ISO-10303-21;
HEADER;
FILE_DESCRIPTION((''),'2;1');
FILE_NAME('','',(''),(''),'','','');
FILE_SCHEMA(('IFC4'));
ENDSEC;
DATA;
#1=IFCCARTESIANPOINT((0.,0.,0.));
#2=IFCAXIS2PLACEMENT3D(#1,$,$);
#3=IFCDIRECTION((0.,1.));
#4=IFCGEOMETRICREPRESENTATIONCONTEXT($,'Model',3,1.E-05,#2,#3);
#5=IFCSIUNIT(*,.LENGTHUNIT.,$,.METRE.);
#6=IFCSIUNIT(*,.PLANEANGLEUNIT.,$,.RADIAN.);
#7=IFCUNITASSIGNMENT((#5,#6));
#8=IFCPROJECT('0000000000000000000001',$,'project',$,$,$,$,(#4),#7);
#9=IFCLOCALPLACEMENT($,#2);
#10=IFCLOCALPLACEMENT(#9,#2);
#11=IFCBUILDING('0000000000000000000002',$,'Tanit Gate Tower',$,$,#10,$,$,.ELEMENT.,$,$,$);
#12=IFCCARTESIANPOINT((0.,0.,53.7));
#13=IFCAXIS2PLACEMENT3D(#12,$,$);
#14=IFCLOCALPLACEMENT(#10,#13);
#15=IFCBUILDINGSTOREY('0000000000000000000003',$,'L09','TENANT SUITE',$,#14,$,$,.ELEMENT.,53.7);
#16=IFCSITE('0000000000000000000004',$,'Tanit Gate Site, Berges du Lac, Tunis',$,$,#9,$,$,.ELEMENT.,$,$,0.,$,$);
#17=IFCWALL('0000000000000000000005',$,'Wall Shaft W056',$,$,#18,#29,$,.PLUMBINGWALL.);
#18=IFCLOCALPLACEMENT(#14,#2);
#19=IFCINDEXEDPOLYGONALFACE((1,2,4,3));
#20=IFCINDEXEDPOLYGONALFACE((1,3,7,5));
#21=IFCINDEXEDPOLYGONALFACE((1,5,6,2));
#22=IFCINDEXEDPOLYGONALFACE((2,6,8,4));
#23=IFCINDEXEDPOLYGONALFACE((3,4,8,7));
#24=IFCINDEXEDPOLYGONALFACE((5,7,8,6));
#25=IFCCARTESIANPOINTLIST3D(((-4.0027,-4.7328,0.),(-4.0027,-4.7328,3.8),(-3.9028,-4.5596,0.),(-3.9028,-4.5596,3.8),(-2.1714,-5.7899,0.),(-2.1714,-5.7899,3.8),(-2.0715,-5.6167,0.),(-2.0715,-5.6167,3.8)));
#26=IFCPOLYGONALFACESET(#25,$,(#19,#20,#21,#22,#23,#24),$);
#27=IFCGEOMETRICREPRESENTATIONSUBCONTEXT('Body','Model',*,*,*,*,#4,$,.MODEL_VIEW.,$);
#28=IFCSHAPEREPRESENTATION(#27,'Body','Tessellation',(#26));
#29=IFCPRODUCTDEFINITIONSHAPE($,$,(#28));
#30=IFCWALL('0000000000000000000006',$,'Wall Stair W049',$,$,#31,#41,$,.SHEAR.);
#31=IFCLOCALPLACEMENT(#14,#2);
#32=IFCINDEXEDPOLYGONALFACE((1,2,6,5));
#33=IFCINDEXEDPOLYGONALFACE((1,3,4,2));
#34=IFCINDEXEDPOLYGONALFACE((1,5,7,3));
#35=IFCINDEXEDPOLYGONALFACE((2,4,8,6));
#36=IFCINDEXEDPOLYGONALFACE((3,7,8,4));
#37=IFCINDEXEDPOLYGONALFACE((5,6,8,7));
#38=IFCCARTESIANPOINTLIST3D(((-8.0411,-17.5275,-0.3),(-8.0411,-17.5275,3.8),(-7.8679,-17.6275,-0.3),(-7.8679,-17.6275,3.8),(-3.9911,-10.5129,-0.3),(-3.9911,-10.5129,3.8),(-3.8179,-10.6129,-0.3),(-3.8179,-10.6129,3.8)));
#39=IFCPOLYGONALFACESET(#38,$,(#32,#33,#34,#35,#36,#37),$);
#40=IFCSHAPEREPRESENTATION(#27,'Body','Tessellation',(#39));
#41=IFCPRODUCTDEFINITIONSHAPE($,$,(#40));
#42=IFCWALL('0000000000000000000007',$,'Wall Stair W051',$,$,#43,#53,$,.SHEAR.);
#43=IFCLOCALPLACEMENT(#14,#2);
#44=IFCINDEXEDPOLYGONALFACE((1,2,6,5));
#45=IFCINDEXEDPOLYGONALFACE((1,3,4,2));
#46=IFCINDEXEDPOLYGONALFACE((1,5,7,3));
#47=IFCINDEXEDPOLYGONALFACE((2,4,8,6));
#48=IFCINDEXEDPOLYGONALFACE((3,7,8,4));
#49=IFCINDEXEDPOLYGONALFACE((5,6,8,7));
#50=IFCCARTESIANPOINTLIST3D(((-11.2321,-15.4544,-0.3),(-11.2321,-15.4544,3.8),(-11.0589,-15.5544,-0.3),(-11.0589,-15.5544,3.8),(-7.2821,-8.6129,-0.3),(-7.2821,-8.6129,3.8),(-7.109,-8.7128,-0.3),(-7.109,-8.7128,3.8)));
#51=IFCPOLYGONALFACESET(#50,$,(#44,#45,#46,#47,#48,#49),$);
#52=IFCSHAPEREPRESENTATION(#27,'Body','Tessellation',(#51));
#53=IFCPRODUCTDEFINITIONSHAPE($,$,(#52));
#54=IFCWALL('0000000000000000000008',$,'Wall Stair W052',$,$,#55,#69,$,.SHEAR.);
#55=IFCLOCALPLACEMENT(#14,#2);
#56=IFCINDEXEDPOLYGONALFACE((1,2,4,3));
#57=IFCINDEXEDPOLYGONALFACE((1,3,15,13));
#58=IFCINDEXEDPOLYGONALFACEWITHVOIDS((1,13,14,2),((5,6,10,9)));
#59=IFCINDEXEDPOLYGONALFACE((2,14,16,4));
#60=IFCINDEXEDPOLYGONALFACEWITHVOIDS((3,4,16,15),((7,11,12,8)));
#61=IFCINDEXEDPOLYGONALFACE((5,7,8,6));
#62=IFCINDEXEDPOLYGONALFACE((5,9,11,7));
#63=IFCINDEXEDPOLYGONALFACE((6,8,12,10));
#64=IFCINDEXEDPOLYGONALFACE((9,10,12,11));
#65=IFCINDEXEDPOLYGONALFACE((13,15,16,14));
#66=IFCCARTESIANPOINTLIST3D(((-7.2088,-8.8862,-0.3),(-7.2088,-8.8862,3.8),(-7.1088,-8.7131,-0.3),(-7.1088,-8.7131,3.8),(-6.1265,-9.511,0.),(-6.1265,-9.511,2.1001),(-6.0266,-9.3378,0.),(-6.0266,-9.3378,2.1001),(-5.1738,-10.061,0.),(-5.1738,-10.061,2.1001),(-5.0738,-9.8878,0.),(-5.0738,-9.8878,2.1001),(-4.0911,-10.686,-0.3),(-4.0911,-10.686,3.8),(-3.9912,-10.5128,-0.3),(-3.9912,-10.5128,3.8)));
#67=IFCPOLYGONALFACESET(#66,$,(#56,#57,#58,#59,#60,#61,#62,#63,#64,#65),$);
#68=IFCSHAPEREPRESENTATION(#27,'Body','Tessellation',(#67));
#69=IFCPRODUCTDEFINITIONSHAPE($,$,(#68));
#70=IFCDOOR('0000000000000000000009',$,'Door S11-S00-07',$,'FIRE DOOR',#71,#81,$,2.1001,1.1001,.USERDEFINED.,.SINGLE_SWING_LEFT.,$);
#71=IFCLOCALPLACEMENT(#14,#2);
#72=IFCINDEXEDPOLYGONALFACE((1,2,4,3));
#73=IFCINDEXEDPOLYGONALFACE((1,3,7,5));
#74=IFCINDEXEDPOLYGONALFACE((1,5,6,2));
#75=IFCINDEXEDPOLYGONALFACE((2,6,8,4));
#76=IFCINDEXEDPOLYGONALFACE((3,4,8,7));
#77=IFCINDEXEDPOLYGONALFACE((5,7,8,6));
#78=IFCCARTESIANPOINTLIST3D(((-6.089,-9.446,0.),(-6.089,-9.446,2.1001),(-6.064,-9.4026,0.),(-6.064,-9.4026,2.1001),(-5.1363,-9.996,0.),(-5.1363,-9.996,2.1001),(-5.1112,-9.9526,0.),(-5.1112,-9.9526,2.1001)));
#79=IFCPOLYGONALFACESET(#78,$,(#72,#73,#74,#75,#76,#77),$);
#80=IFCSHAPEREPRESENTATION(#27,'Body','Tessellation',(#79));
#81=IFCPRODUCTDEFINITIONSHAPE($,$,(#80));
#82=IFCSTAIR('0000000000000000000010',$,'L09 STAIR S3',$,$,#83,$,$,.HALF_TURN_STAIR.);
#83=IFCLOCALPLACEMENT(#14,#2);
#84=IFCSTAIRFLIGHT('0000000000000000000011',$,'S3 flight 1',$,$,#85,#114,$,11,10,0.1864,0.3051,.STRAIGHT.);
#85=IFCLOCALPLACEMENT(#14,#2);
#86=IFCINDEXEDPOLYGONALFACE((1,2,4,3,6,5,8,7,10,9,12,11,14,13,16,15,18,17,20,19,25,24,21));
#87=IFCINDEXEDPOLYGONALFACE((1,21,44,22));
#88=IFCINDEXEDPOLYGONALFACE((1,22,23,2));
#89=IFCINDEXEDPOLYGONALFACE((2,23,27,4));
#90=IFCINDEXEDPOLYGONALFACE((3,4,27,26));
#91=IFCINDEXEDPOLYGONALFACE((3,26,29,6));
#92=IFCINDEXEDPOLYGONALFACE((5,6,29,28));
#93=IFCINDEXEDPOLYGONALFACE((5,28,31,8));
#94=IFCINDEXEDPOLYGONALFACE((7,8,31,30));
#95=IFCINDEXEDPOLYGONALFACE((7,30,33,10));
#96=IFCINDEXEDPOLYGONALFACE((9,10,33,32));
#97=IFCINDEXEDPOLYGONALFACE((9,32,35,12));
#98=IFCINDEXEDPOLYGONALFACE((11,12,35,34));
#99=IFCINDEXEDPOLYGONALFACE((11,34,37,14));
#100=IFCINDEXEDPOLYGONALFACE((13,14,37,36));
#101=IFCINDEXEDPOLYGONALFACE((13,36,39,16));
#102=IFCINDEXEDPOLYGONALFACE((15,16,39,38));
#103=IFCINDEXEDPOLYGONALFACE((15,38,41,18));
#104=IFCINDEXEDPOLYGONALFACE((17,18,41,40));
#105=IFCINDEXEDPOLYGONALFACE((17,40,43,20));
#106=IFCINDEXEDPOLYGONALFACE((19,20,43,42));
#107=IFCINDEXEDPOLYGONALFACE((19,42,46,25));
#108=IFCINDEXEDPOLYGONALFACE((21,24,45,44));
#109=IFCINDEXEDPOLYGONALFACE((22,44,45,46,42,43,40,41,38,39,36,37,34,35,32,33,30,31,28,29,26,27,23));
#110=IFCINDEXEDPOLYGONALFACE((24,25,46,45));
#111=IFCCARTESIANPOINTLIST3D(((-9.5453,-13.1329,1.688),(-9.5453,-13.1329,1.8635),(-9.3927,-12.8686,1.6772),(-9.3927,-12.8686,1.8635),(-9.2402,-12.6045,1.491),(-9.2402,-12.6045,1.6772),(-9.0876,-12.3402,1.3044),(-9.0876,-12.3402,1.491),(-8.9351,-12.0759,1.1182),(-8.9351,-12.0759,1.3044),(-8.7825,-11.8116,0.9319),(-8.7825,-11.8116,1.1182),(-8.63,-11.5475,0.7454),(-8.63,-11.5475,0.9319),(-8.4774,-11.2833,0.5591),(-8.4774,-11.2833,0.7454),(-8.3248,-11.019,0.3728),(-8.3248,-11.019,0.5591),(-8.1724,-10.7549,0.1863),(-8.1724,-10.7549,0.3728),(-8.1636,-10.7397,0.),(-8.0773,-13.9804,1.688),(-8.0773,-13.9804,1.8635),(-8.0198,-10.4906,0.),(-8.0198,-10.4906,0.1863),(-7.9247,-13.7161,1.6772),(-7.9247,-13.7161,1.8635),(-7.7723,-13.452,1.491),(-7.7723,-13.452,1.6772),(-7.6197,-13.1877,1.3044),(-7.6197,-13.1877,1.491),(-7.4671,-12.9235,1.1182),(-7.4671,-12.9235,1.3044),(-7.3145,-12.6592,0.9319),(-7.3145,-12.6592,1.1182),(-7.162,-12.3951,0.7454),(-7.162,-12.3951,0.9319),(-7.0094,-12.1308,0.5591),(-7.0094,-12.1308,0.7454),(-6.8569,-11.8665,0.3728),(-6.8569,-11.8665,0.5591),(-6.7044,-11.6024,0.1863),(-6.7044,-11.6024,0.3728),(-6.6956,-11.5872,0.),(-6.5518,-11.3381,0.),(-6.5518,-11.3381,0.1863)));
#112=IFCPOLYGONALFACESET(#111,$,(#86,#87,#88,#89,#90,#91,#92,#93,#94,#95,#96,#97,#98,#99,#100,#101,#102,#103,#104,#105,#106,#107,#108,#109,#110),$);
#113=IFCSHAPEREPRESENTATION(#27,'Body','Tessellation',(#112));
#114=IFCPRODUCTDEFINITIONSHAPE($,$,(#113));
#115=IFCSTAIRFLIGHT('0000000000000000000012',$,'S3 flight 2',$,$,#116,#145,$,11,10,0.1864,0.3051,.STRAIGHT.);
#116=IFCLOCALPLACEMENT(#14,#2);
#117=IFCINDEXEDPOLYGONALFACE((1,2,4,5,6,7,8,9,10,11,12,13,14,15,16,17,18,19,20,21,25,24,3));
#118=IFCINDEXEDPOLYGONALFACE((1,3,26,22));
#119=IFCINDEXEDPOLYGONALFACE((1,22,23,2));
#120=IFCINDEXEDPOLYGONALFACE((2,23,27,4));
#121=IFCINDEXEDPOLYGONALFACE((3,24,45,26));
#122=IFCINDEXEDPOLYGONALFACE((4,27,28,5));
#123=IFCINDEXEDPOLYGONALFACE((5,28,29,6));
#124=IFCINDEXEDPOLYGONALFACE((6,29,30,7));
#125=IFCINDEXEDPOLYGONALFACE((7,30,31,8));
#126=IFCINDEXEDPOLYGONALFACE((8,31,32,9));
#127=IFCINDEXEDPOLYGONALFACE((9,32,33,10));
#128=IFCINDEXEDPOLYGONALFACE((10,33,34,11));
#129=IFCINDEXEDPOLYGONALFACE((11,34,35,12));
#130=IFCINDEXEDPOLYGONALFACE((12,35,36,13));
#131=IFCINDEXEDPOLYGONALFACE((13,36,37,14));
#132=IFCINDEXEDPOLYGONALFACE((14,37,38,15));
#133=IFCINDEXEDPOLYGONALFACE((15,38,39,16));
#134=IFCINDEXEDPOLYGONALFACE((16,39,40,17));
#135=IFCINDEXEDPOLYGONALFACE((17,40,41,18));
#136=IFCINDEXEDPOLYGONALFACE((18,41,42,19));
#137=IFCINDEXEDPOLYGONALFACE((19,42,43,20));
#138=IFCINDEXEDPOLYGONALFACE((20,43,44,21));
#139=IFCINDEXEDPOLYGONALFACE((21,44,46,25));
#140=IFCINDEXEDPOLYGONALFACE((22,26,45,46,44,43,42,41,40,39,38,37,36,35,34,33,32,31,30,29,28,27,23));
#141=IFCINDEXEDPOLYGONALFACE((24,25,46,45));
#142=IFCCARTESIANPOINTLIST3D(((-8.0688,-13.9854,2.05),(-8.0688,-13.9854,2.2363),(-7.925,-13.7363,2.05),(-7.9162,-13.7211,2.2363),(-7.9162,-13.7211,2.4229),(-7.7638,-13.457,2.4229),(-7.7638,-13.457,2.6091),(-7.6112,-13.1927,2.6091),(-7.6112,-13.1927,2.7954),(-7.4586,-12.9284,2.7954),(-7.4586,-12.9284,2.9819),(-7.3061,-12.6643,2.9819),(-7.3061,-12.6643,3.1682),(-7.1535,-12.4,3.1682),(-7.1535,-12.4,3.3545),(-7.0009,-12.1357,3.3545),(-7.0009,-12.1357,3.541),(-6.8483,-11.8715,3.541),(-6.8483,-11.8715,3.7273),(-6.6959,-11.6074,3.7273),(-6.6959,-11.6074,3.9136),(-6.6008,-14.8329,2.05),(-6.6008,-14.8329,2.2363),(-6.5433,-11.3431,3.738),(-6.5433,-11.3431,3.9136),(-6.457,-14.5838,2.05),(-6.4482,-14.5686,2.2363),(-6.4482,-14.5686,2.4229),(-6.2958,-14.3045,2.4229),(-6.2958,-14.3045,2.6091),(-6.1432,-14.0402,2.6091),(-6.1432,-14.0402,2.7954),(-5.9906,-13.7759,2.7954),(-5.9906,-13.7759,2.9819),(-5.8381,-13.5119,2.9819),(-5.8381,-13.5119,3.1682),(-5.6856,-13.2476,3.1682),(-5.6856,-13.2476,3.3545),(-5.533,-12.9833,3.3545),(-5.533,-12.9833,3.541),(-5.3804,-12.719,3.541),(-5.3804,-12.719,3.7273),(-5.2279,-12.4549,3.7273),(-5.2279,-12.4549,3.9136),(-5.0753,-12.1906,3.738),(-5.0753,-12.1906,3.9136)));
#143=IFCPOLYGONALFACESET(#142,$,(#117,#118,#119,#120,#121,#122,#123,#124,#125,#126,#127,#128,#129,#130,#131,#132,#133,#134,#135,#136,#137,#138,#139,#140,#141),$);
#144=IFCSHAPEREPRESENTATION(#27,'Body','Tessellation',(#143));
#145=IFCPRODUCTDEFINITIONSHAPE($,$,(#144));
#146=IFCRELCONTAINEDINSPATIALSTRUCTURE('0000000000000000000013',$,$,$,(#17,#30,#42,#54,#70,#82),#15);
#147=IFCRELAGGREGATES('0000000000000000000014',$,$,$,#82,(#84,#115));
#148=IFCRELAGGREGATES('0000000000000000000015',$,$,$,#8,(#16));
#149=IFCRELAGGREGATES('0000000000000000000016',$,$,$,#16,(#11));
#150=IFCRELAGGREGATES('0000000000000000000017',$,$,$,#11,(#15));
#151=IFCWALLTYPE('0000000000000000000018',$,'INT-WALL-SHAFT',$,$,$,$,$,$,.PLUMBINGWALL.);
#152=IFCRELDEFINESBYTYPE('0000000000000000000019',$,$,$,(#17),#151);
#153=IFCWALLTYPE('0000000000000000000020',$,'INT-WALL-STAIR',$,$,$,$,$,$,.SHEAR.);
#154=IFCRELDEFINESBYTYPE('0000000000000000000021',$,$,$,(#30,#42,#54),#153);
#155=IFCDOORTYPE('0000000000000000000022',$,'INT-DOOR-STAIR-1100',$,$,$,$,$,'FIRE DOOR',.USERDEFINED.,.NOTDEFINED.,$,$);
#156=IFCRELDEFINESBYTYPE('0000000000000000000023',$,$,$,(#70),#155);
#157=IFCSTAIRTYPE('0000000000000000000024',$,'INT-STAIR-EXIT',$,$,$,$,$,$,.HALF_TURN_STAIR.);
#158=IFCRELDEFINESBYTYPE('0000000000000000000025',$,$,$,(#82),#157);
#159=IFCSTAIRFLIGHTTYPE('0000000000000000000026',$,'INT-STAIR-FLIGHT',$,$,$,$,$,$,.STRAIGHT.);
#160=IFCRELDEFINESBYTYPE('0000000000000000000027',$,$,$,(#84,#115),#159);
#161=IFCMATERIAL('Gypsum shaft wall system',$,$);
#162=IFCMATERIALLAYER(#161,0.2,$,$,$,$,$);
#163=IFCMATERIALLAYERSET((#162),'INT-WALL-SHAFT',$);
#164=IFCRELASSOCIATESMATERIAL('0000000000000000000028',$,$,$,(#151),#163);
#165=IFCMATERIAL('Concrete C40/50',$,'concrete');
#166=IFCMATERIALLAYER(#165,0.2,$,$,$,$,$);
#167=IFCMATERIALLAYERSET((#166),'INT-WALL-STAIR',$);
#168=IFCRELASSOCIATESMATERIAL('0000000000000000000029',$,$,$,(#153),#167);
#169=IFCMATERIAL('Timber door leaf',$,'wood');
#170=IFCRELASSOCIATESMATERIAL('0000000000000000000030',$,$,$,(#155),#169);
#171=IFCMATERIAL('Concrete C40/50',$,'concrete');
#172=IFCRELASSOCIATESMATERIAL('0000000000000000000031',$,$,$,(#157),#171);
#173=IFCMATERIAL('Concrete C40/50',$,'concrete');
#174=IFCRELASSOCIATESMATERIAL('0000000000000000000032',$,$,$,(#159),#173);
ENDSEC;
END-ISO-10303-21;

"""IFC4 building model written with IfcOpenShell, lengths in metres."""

from ifc_helpers import new_model, si_unit, direction, frame, frame_2d, origin, place, context, subcontext, project, spatial, polyline, rectangle, outline, extrude, material, layer, layer_set, type_object, element, fill, aggregate, save


model = new_model("IFC4")

# Units and contexts
model_context = context("Model", 3, precision=1e-05, world=origin(), true_north=direction((0.0, 1.0)))
body_context = subcontext(model_context, "Body", "Model", "MODEL_VIEW")
ifc_project = project(units=[si_unit("LENGTHUNIT", "METRE"), si_unit("PLANEANGLEUNIT", "RADIAN")], contexts=[model_context])

# Site, building, storey
site_placement = place(None, origin())
site = spatial("IfcSite", under=ifc_project, at=site_placement, Name="Tanit Gate Site, Berges du Lac, Tunis", CompositionType="ELEMENT", RefElevation=0.0)
building_placement = place(site_placement, origin())
building = spatial("IfcBuilding", under=site, at=building_placement, Name="Tanit Gate Tower", CompositionType="ELEMENT")
storey_placement = place(building_placement, frame((0.0, 0.0, 53.7)))
storey = spatial("IfcBuildingStorey", under=building, at=storey_placement, Name="L09", Description="TENANT SUITE", CompositionType="ELEMENT", Elevation=53.7)

# Shared definitions
ifc_material_1 = material(Name="Gypsum shaft wall system")
ifc_layer_1 = layer(ifc_material_1, 0.2)
ifc_layer_set_1 = layer_set([ifc_layer_1], Name="INT-WALL-SHAFT")
wall_type_1 = type_object("IfcWallType", Name="INT-WALL-SHAFT", PredefinedType="PLUMBINGWALL", material=ifc_layer_set_1)

# Walls
wall_1_placement = place(storey_placement, frame((-3.9526, -4.6462, 0.0), z_axis=(0.0, 0.0, 1.0), x_axis=(0.866061, -0.499939, 0.0)))
element("IfcWall", 1, at=wall_1_placement, inside=storey, type_object=wall_type_1, Name="Wall Shaft W056", PredefinedType="PLUMBINGWALL", context=body_context, shape_type="SweptSolid", body=[
    extrude(rectangle(XDim=2.1145, YDim=0.2, at=frame_2d((1.0571, 0.0))), origin(), (0.0, 0.0, 1.0), 3.8),
])
ifc_material_2 = material(Name="Concrete C40/50", Category="concrete")
ifc_layer_2 = layer(ifc_material_2, 0.2)
ifc_layer_set_2 = layer_set([ifc_layer_2], Name="INT-WALL-STAIR")
wall_type_2 = type_object("IfcWallType", Name="INT-WALL-STAIR", PredefinedType="SHEAR", material=ifc_layer_set_2)
wall_2_placement = place(storey_placement, frame((-3.9045, -10.563, -0.3), z_axis=(0.0, 0.0, 1.0), x_axis=(-0.500013, -0.866018, 0.0)))
element("IfcWall", 2, at=wall_2_placement, inside=storey, type_object=wall_type_2, Name="Wall Stair W049", PredefinedType="SHEAR", context=body_context, shape_type="SweptSolid", body=[
    extrude(rectangle(XDim=8.0999, YDim=0.2, at=frame_2d((4.0498, 0.0))), origin(), (0.0, 0.0, 1.0), 4.1001),
])
wall_3_placement = place(storey_placement, frame((-7.1956, -8.6628, -0.3), z_axis=(0.0, 0.0, 1.0), x_axis=(-0.499998, -0.866027, 0.0)))
element("IfcWall", 3, at=wall_3_placement, inside=storey, type_object=wall_type_2, Name="Wall Stair W051", PredefinedType="SHEAR", context=body_context, shape_type="SweptSolid", body=[
    extrude(rectangle(XDim=7.8999, YDim=0.2, at=frame_2d((3.95, 0.0))), origin(), (0.0, 0.0, 1.0), 4.1001),
])

# Wall, opening, door
wall_4_placement = place(storey_placement, frame((-4.0413, -10.5994, -0.3), z_axis=(0.0, 0.0, 1.0), x_axis=(-0.866048, 0.499961, 0.0)))
wall_4 = element("IfcWall", 4, at=wall_4_placement, inside=storey, type_object=wall_type_2, Name="Wall Stair W052", PredefinedType="SHEAR", context=body_context, shape_type="SweptSolid", body=[
    extrude(rectangle(XDim=3.5999, YDim=0.2, at=frame_2d((1.7998, 0.0))), origin(), (0.0, 0.0, 1.0), 4.1001),
])
opening_1_placement = place(wall_4_placement, frame((1.25, 0.0, 0.3)))
opening_1 = element("IfcOpeningElement", 5, at=opening_1_placement, cuts=wall_4, PredefinedType="OPENING", context=body_context, shape_type="SweptSolid", body=[
    extrude(rectangle(XDim=1.1001, YDim=2.1001, at=frame_2d((0.55, 1.05))), frame((0.0, 0.1099, 0.0), z_axis=(0.0, -1.0, 0.0), x_axis=(1.0, 0.0, 0.0)), (0.0, 0.0, 1.0), 0.22),
])
ifc_material_3 = material(Name="Timber door leaf", Category="wood")
door_type_1 = type_object("IfcDoorType", Name="INT-DOOR-STAIR-1100", ElementType="FIRE DOOR", OperationType="NOTDEFINED", PredefinedType="USERDEFINED", material=ifc_material_3)
door_1_placement = place(opening_1_placement, origin())
door_1 = element("IfcDoor", 6, at=door_1_placement, inside=storey, type_object=door_type_1, Name="Door S11-S00-07", ObjectType="FIRE DOOR", OperationType="SINGLE_SWING_LEFT", OverallHeight=2.1001, OverallWidth=1.1001, PredefinedType="USERDEFINED", context=body_context, shape_type="SweptSolid", body=[
    extrude(rectangle(XDim=1.1001, YDim=2.1001, at=frame_2d((0.55, 1.05))), frame((0.0, 0.0249, 0.0), z_axis=(0.0, -1.0, 0.0), x_axis=(1.0, 0.0, 0.0)), (0.0, 0.0, 1.0), 0.05),
])
fill(opening_1, door_1)

# Stair, stair flights
ifc_material_4 = material(Name="Concrete C40/50", Category="concrete")
stair_type = type_object("IfcStairType", Name="INT-STAIR-EXIT", PredefinedType="HALF_TURN_STAIR", material=ifc_material_4)
stair_placement = place(storey_placement, origin())
stair = element("IfcStair", 7, at=stair_placement, inside=storey, type_object=stair_type, Name="L09 STAIR S3", PredefinedType="HALF_TURN_STAIR")
ifc_material_5 = material(Name="Concrete C40/50", Category="concrete")
stair_flight_type = type_object("IfcStairFlightType", Name="INT-STAIR-FLIGHT", PredefinedType="STRAIGHT", material=ifc_material_5)
stair_flight_1_placement = place(storey_placement, frame((-7.2859, -10.9143, 0.0), z_axis=(0.0, 0.0, 1.0), x_axis=(-0.5, -0.866025, 0.0)))
stair_flight_1 = element("IfcStairFlight", 8, at=stair_flight_1_placement, type_object=stair_flight_type, Name="S3 flight 1", NumberOfRisers=11, NumberOfTreads=10, PredefinedType="STRAIGHT", RiserHeight=0.1864, TreadLength=0.3051, context=body_context, shape_type="SweptSolid", body=[
    extrude(outline(polyline([(0.0, 0.0), (0.0, 0.1863), (0.3052, 0.1863), (0.3052, 0.3728), (0.6101, 0.3728), (0.6101, 0.5591), (0.9153, 0.5591), (0.9153, 0.7454), (1.2205, 0.7454), (1.2205, 0.9319), (1.5254, 0.9319), (1.5254, 1.1182), (1.8306, 1.1182), (1.8306, 1.3044), (2.1357, 1.3044), (2.1357, 1.491), (2.4409, 1.491), (2.4409, 1.6772), (2.7458, 1.6772), (2.7458, 1.8635), (3.051, 1.8635), (3.051, 2.05), (3.051, 1.688), (0.2876, 0.0), (0.0, 0.0)])), frame((0.0, 0.8477, 0.0), z_axis=(0.0, -1.0, 0.0), x_axis=(1.0, 0.0, 0.0)), (0.0, 0.0, 1.0), 1.6951),
])
stair_flight_2_placement = place(storey_placement, frame((-7.3347, -14.4092, 2.05), z_axis=(0.0, 0.0, 1.0), x_axis=(0.5, 0.866025, 0.0)))
stair_flight_2 = element("IfcStairFlight", 9, at=stair_flight_2_placement, type_object=stair_flight_type, Name="S3 flight 2", NumberOfRisers=11, NumberOfTreads=10, PredefinedType="STRAIGHT", RiserHeight=0.1864, TreadLength=0.3051, context=body_context, shape_type="SweptSolid", body=[
    extrude(outline(polyline([(0.0, 0.0), (0.0, 0.1863), (0.3052, 0.1863), (0.3052, 0.3728), (0.6101, 0.3728), (0.6101, 0.5591), (0.9153, 0.5591), (0.9153, 0.7454), (1.2205, 0.7454), (1.2205, 0.9319), (1.5254, 0.9319), (1.5254, 1.1182), (1.8306, 1.1182), (1.8306, 1.3044), (2.1357, 1.3044), (2.1357, 1.491), (2.4409, 1.491), (2.4409, 1.6772), (2.7458, 1.6772), (2.7458, 1.8635), (3.051, 1.8635), (3.051, 2.05), (3.051, 1.688), (0.2876, 0.0), (0.0, 0.0)])), frame((0.0, 0.8477, 0.0), z_axis=(0.0, -1.0, 0.0), x_axis=(1.0, 0.0, 0.0)), (0.0, 0.0, 1.0), 1.6951),
])
aggregate(stair, [stair_flight_1, stair_flight_2])

save(model, "model.ifc")
